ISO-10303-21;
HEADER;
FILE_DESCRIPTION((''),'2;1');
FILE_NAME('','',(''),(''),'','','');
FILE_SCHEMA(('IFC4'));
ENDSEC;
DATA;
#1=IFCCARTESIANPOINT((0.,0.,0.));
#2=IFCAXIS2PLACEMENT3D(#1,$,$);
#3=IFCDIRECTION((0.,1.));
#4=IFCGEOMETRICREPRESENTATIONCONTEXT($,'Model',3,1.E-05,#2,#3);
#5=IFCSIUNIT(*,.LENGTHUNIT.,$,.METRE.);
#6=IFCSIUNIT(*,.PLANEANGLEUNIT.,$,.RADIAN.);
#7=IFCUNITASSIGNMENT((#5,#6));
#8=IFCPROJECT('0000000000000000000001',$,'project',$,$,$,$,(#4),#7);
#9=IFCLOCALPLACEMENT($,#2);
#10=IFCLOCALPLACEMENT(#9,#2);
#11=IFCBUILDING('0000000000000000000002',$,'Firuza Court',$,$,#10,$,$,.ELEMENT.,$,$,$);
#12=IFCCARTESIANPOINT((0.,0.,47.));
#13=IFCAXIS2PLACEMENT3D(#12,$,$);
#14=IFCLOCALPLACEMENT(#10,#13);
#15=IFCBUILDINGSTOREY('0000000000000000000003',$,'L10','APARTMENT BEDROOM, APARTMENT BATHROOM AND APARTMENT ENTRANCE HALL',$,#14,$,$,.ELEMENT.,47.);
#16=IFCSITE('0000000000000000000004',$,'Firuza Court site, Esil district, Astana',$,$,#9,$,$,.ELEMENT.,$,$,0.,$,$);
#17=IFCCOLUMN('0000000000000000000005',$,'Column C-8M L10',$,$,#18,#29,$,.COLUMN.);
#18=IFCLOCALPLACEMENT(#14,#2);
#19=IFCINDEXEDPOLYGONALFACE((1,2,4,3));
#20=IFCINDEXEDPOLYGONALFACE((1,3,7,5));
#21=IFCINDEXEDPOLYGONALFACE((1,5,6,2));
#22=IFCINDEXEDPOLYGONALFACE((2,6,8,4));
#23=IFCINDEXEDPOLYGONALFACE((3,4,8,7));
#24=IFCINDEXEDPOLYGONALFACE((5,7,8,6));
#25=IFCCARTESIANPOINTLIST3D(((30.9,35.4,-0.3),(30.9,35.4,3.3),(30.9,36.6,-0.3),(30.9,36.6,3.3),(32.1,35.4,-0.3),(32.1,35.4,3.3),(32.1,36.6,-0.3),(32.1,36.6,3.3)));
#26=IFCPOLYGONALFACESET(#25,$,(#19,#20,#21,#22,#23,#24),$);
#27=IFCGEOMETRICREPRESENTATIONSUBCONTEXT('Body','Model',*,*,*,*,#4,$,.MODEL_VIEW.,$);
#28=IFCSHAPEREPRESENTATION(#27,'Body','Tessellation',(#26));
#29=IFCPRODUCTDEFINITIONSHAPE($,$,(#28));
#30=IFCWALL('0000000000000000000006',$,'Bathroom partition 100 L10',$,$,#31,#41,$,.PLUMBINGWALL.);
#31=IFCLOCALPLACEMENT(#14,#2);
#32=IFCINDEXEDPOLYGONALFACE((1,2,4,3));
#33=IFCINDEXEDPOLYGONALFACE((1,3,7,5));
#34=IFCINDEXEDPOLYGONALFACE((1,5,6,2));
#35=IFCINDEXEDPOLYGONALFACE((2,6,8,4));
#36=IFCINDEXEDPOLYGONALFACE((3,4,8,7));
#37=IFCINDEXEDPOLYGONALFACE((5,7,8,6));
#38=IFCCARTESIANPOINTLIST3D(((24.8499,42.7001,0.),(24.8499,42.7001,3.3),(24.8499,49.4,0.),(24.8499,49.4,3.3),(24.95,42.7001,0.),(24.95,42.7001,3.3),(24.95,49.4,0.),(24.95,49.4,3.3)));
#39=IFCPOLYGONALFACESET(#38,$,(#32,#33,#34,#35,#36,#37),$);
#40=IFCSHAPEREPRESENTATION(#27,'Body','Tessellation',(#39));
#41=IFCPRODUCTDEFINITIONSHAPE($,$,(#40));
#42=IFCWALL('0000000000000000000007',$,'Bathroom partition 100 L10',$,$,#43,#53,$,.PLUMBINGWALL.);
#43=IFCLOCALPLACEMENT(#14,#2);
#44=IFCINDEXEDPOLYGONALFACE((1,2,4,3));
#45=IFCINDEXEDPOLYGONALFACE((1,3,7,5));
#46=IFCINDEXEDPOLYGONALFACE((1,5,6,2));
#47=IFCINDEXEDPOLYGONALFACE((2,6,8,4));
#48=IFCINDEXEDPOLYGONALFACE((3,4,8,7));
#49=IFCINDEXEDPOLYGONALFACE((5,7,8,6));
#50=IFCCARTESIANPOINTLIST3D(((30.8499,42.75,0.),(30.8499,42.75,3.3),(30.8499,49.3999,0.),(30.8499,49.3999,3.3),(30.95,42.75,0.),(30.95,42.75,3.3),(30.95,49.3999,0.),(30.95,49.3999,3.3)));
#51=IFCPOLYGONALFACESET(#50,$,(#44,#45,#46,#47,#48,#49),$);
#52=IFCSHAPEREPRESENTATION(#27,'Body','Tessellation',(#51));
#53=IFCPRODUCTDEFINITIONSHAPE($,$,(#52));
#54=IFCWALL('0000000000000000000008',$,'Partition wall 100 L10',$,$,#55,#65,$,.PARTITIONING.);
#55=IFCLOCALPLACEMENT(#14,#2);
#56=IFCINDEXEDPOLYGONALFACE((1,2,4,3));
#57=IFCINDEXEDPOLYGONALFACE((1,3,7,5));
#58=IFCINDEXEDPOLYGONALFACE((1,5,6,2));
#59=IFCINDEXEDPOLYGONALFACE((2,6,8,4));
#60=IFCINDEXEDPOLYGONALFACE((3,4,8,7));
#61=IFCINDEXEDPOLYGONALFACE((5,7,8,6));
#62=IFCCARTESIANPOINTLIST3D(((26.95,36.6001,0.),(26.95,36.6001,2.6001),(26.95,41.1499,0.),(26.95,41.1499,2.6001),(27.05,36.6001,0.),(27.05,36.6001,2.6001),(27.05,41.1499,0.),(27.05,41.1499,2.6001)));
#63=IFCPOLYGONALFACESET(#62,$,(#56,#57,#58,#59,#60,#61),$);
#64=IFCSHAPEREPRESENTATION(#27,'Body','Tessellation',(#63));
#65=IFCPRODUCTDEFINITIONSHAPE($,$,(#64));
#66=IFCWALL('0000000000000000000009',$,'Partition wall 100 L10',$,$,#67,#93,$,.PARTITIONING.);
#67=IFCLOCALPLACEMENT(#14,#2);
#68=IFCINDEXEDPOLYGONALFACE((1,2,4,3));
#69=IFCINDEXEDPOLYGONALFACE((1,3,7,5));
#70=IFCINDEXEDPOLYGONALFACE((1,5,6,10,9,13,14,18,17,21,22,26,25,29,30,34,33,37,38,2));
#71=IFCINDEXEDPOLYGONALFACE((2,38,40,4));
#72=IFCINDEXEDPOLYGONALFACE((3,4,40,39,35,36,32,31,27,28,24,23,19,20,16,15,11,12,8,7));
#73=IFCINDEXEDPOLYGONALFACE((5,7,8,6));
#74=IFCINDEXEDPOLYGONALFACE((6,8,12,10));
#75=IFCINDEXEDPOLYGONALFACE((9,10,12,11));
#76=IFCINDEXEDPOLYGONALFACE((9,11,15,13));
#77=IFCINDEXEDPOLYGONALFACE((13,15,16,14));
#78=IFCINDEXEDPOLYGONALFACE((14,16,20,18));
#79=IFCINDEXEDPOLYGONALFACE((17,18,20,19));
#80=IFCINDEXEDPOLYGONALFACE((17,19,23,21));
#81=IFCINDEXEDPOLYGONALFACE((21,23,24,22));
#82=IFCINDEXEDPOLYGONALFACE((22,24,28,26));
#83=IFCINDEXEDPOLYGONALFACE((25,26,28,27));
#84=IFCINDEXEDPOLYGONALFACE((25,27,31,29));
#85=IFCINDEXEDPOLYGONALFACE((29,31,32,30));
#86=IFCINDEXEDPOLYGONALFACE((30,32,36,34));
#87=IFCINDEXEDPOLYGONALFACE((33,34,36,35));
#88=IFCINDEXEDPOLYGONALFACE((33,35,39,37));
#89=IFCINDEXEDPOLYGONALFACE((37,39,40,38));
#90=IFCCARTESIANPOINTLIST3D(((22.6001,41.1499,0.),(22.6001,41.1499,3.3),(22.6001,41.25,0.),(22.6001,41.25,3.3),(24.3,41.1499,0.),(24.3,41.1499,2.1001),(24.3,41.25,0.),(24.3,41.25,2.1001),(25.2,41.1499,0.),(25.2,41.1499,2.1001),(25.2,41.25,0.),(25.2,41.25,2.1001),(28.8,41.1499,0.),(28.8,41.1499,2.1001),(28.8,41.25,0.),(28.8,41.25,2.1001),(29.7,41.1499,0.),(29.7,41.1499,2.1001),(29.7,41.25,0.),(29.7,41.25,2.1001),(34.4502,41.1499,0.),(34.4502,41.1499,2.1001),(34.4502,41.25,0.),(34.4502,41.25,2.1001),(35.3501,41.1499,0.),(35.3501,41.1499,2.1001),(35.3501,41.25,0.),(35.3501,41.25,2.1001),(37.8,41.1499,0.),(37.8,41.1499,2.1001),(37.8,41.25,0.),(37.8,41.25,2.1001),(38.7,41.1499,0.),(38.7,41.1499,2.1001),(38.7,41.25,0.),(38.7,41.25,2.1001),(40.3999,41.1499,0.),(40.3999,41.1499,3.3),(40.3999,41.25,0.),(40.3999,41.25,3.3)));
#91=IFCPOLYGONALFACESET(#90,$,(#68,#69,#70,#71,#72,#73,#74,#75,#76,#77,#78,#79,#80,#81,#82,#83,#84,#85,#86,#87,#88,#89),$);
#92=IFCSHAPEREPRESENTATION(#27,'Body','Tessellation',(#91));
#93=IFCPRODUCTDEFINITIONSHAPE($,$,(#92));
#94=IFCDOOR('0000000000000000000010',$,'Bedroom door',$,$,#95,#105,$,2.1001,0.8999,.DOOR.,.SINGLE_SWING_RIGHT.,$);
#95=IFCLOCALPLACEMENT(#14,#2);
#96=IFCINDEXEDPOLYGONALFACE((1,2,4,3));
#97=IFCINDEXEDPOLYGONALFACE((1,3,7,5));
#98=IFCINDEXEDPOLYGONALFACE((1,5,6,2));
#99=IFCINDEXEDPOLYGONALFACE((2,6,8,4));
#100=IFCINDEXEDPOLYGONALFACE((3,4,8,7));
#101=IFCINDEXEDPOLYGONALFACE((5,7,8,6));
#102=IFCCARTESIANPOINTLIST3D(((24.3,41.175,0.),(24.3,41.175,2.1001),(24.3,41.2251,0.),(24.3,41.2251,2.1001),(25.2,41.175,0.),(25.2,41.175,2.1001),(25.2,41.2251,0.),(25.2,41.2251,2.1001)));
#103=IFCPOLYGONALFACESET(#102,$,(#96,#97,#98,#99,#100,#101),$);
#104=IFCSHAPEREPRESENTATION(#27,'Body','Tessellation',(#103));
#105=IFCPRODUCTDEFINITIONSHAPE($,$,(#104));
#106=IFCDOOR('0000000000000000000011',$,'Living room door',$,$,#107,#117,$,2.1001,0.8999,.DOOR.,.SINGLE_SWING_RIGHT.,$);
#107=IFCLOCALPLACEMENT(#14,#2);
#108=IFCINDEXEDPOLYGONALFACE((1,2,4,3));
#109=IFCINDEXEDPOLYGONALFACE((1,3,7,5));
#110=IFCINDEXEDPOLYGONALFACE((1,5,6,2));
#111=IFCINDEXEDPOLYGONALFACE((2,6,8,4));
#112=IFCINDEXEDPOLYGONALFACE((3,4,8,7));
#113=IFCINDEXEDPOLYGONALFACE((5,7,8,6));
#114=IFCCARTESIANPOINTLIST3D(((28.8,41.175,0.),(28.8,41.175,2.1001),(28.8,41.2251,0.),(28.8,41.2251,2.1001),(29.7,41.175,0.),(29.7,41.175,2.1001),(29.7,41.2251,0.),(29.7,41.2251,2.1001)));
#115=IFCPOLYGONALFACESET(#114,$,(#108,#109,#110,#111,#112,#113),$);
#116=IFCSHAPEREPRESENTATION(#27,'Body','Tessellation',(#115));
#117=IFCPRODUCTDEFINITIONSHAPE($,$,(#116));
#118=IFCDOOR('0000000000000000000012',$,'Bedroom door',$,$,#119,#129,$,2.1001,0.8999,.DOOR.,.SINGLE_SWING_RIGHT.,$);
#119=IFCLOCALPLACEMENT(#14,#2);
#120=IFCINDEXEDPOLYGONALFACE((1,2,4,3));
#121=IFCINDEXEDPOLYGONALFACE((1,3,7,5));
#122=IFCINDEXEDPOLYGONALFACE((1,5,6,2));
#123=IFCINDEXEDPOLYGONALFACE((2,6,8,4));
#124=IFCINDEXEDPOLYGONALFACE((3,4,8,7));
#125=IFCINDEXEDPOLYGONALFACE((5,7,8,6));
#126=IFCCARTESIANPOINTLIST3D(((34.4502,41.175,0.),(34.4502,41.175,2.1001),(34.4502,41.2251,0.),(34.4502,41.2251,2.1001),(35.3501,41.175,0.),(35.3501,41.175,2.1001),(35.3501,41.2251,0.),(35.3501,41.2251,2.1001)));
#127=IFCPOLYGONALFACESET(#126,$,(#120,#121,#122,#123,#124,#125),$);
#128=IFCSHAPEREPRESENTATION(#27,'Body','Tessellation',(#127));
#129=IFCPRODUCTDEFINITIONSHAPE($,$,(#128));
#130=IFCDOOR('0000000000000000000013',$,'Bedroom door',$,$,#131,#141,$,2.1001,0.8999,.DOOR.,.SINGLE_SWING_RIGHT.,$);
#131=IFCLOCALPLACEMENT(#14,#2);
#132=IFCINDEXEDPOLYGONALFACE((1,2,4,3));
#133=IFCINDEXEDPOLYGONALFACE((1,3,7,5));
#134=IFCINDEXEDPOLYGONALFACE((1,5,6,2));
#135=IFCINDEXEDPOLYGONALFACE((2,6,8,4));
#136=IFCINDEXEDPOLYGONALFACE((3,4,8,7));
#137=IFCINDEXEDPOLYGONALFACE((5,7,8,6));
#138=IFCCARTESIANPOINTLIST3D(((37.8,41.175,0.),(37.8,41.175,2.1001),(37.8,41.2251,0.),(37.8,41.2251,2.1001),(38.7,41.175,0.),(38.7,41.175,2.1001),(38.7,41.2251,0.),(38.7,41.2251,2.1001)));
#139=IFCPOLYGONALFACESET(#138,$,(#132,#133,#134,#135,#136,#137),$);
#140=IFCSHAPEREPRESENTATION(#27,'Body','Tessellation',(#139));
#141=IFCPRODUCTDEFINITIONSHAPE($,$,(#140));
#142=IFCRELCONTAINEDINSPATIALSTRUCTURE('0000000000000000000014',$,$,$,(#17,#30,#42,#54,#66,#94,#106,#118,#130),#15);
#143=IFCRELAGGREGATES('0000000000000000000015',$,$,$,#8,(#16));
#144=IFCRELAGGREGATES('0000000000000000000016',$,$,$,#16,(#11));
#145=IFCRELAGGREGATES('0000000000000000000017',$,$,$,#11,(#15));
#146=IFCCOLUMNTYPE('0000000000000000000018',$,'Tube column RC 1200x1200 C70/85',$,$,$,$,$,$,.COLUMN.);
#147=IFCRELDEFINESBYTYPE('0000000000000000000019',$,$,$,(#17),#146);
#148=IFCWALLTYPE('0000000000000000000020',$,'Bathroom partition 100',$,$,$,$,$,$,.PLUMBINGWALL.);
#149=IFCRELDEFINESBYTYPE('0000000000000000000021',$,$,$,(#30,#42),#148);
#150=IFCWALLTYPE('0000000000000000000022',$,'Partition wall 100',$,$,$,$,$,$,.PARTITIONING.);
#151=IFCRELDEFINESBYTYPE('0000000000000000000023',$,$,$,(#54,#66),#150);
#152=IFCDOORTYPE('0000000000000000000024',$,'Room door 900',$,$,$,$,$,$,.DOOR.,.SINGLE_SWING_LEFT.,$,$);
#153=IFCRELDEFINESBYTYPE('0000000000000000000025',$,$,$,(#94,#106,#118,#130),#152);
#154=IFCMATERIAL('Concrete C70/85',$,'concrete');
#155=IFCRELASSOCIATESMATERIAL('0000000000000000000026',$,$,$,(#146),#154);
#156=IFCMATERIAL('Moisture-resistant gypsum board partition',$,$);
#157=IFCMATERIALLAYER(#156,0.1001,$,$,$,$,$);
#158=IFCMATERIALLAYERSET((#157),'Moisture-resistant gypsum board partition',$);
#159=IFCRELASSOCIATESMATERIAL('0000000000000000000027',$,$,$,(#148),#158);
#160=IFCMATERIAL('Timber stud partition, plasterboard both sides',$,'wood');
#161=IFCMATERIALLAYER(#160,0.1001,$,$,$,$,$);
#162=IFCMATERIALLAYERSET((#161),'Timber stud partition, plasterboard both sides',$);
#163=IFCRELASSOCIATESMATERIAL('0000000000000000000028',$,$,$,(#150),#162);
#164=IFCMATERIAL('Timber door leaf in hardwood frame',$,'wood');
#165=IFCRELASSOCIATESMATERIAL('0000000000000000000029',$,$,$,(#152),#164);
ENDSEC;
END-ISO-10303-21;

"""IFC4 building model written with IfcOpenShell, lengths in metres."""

from ifc_helpers import new_model, si_unit, direction, frame, frame_2d, origin, origin_2d, place, context, subcontext, project, spatial, rectangle, extrude, material, layer, layer_set, material_profile, profile_set, type_object, element, fill, save


model = new_model("IFC4")

# Units and contexts
model_context = context("Model", 3, precision=1e-05, world=origin(), true_north=direction((0.0, 1.0)))
body_context = subcontext(model_context, "Body", "Model", "MODEL_VIEW")
ifc_project = project(units=[si_unit("LENGTHUNIT", "METRE"), si_unit("PLANEANGLEUNIT", "RADIAN")], contexts=[model_context])

# Site, building, storey
site_placement = place(None, origin())
site = spatial("IfcSite", under=ifc_project, at=site_placement, Name="Firuza Court site, Esil district, Astana", CompositionType="ELEMENT", RefElevation=0.0)
building_placement = place(site_placement, origin())
building = spatial("IfcBuilding", under=site, at=building_placement, Name="Firuza Court", CompositionType="ELEMENT")
storey_placement = place(building_placement, frame((0.0, 0.0, 47.0)))
storey = spatial("IfcBuildingStorey", under=building, at=storey_placement, Name="L10", Description="APARTMENT BEDROOM, APARTMENT BATHROOM AND APARTMENT ENTRANCE HALL", CompositionType="ELEMENT", Elevation=47.0)

# Column
ifc_material_1 = material(Name="Concrete C70/85", Category="concrete")
ifc_material_profile = material_profile(ifc_material_1, rectangle(XDim=1.2, YDim=1.2, at=origin_2d()), Name="RC 1200x1200")
ifc_profile_set = profile_set([ifc_material_profile], Name="Concrete C70/85")
column_type = type_object("IfcColumnType", Name="Tube column RC 1200x1200 C70/85", PredefinedType="COLUMN", material=ifc_profile_set)
column_placement = place(storey_placement, frame((31.5, 36.0, -0.3), z_axis=(0.0, 0.0, 1.0), x_axis=(1.0, 0.0, 0.0)))
element("IfcColumn", 1, at=column_placement, inside=storey, type_object=column_type, Name="Column C-8M L10", PredefinedType="COLUMN", context=body_context, shape_type="SweptSolid", body=[
    extrude(rectangle(XDim=1.2, YDim=1.2, at=origin_2d()), origin(), (0.0, 0.0, 1.0), 3.6001),
])

# Walls
ifc_material_2 = material(Name="Moisture-resistant gypsum board partition")
ifc_layer_1 = layer(ifc_material_2, 0.1001)
ifc_layer_set_1 = layer_set([ifc_layer_1], Name="Moisture-resistant gypsum board partition")
wall_type_1 = type_object("IfcWallType", Name="Bathroom partition 100", PredefinedType="PLUMBINGWALL", material=ifc_layer_set_1)
wall_1_placement = place(storey_placement, frame((24.8999, 42.7, 0.0), z_axis=(0.0, 0.0, 1.0), x_axis=(0.0, 1.0, 0.0)))
element("IfcWall", 2, at=wall_1_placement, inside=storey, type_object=wall_type_1, Name="Bathroom partition 100 L10", PredefinedType="PLUMBINGWALL", context=body_context, shape_type="SweptSolid", body=[
    extrude(rectangle(XDim=6.7, YDim=0.1001, at=frame_2d((3.3501, 0.0))), origin(), (0.0, 0.0, 1.0), 3.3),
])
wall_2_placement = place(storey_placement, frame((30.8999, 42.75, 0.0), z_axis=(0.0, 0.0, 1.0), x_axis=(0.0, 1.0, 0.0)))
element("IfcWall", 3, at=wall_2_placement, inside=storey, type_object=wall_type_1, Name="Bathroom partition 100 L10", PredefinedType="PLUMBINGWALL", context=body_context, shape_type="SweptSolid", body=[
    extrude(rectangle(XDim=6.6499, YDim=0.1001, at=frame_2d((3.325, 0.0))), origin(), (0.0, 0.0, 1.0), 3.3),
])
ifc_material_3 = material(Name="Timber stud partition, plasterboard both sides", Category="wood")
ifc_layer_2 = layer(ifc_material_3, 0.1001)
ifc_layer_set_2 = layer_set([ifc_layer_2], Name="Timber stud partition, plasterboard both sides")
wall_type_2 = type_object("IfcWallType", Name="Partition wall 100", PredefinedType="PARTITIONING", material=ifc_layer_set_2)
wall_3_placement = place(storey_placement, frame((27.0, 36.6001, 0.0), z_axis=(0.0, 0.0, 1.0), x_axis=(0.0, 1.0, 0.0)))
element("IfcWall", 4, at=wall_3_placement, inside=storey, type_object=wall_type_2, Name="Partition wall 100 L10", PredefinedType="PARTITIONING", context=body_context, shape_type="SweptSolid", body=[
    extrude(rectangle(XDim=4.5498, YDim=0.1001, at=frame_2d((2.2749, 0.0))), origin(), (0.0, 0.0, 1.0), 2.6001),
])

# Wall, openings, doors
wall_4_placement = place(storey_placement, frame((22.6001, 41.2, 0.0), z_axis=(0.0, 0.0, 1.0), x_axis=(1.0, 0.0, 0.0)))
wall_4 = element("IfcWall", 5, at=wall_4_placement, inside=storey, type_object=wall_type_2, Name="Partition wall 100 L10", PredefinedType="PARTITIONING", context=body_context, shape_type="SweptSolid", body=[
    extrude(rectangle(XDim=17.7998, YDim=0.1001, at=frame_2d((8.8999, 0.0))), origin(), (0.0, 0.0, 1.0), 3.3),
])
opening_1_placement = place(wall_4_placement, frame((1.7, 0.0, 0.0)))
opening_1 = element("IfcOpeningElement", 6, at=opening_1_placement, cuts=wall_4, PredefinedType="OPENING", context=body_context, shape_type="SweptSolid", body=[
    extrude(rectangle(XDim=0.8999, YDim=2.1001, at=frame_2d((0.45, 1.05))), frame((0.0, 0.062, 0.0), z_axis=(0.0, -1.0, 0.0), x_axis=(1.0, 0.0, 0.0)), (0.0, 0.0, 1.0), 0.124),
])
opening_2_placement = place(wall_4_placement, frame((6.2, 0.0, 0.0)))
opening_2 = element("IfcOpeningElement", 7, at=opening_2_placement, cuts=wall_4, PredefinedType="OPENING", context=body_context, shape_type="SweptSolid", body=[
    extrude(rectangle(XDim=0.8999, YDim=2.1001, at=frame_2d((0.45, 1.05))), frame((0.0, 0.062, 0.0), z_axis=(0.0, -1.0, 0.0), x_axis=(1.0, 0.0, 0.0)), (0.0, 0.0, 1.0), 0.124),
])
opening_3_placement = place(wall_4_placement, frame((11.8501, 0.0, 0.0)))
opening_3 = element("IfcOpeningElement", 8, at=opening_3_placement, cuts=wall_4, PredefinedType="OPENING", context=body_context, shape_type="SweptSolid", body=[
    extrude(rectangle(XDim=0.8999, YDim=2.1001, at=frame_2d((0.45, 1.05))), frame((0.0, 0.062, 0.0), z_axis=(0.0, -1.0, 0.0), x_axis=(1.0, 0.0, 0.0)), (0.0, 0.0, 1.0), 0.124),
])
opening_4_placement = place(wall_4_placement, frame((15.2, 0.0, 0.0)))
opening_4 = element("IfcOpeningElement", 9, at=opening_4_placement, cuts=wall_4, PredefinedType="OPENING", context=body_context, shape_type="SweptSolid", body=[
    extrude(rectangle(XDim=0.8999, YDim=2.1001, at=frame_2d((0.45, 1.05))), frame((0.0, 0.062, 0.0), z_axis=(0.0, -1.0, 0.0), x_axis=(1.0, 0.0, 0.0)), (0.0, 0.0, 1.0), 0.124),
])
ifc_material_4 = material(Name="Timber door leaf in hardwood frame", Category="wood")
door_type_1 = type_object("IfcDoorType", Name="Room door 900", OperationType="SINGLE_SWING_LEFT", PredefinedType="DOOR", material=ifc_material_4)
door_1_placement = place(opening_1_placement, frame((0.8999, 0.0, 0.0), z_axis=(0.0, 0.0, 1.0), x_axis=(-1.0, 0.0, 0.0)))
door_1 = element("IfcDoor", 10, at=door_1_placement, inside=storey, type_object=door_type_1, Name="Bedroom door", OperationType="SINGLE_SWING_RIGHT", OverallHeight=2.1001, OverallWidth=0.8999, PredefinedType="DOOR", context=body_context, shape_type="SweptSolid", body=[
    extrude(rectangle(XDim=0.8999, YDim=2.1001, at=frame_2d((0.45, 1.05))), frame((0.0, 0.0249, 0.0), z_axis=(0.0, -1.0, 0.0), x_axis=(1.0, 0.0, 0.0)), (0.0, 0.0, 1.0), 0.05),
])
fill(opening_1, door_1)
door_2_placement = place(opening_2_placement, frame((0.8999, 0.0, 0.0), z_axis=(0.0, 0.0, 1.0), x_axis=(-1.0, 0.0, 0.0)))
door_2 = element("IfcDoor", 11, at=door_2_placement, inside=storey, type_object=door_type_1, Name="Living room door", OperationType="SINGLE_SWING_RIGHT", OverallHeight=2.1001, OverallWidth=0.8999, PredefinedType="DOOR", context=body_context, shape_type="SweptSolid", body=[
    extrude(rectangle(XDim=0.8999, YDim=2.1001, at=frame_2d((0.45, 1.05))), frame((0.0, 0.0249, 0.0), z_axis=(0.0, -1.0, 0.0), x_axis=(1.0, 0.0, 0.0)), (0.0, 0.0, 1.0), 0.05),
])
fill(opening_2, door_2)
door_3_placement = place(opening_3_placement, frame((0.8999, 0.0, 0.0), z_axis=(0.0, 0.0, 1.0), x_axis=(-1.0, 0.0, 0.0)))
door_3 = element("IfcDoor", 12, at=door_3_placement, inside=storey, type_object=door_type_1, Name="Bedroom door", OperationType="SINGLE_SWING_RIGHT", OverallHeight=2.1001, OverallWidth=0.8999, PredefinedType="DOOR", context=body_context, shape_type="SweptSolid", body=[
    extrude(rectangle(XDim=0.8999, YDim=2.1001, at=frame_2d((0.45, 1.05))), frame((0.0, 0.0249, 0.0), z_axis=(0.0, -1.0, 0.0), x_axis=(1.0, 0.0, 0.0)), (0.0, 0.0, 1.0), 0.05),
])
fill(opening_3, door_3)
door_4_placement = place(opening_4_placement, frame((0.8999, 0.0, 0.0), z_axis=(0.0, 0.0, 1.0), x_axis=(-1.0, 0.0, 0.0)))
door_4 = element("IfcDoor", 13, at=door_4_placement, inside=storey, type_object=door_type_1, Name="Bedroom door", OperationType="SINGLE_SWING_RIGHT", OverallHeight=2.1001, OverallWidth=0.8999, PredefinedType="DOOR", context=body_context, shape_type="SweptSolid", body=[
    extrude(rectangle(XDim=0.8999, YDim=2.1001, at=frame_2d((0.45, 1.05))), frame((0.0, 0.0249, 0.0), z_axis=(0.0, -1.0, 0.0), x_axis=(1.0, 0.0, 0.0)), (0.0, 0.0, 1.0), 0.05),
])
fill(opening_4, door_4)

save(model, "model.ifc")
